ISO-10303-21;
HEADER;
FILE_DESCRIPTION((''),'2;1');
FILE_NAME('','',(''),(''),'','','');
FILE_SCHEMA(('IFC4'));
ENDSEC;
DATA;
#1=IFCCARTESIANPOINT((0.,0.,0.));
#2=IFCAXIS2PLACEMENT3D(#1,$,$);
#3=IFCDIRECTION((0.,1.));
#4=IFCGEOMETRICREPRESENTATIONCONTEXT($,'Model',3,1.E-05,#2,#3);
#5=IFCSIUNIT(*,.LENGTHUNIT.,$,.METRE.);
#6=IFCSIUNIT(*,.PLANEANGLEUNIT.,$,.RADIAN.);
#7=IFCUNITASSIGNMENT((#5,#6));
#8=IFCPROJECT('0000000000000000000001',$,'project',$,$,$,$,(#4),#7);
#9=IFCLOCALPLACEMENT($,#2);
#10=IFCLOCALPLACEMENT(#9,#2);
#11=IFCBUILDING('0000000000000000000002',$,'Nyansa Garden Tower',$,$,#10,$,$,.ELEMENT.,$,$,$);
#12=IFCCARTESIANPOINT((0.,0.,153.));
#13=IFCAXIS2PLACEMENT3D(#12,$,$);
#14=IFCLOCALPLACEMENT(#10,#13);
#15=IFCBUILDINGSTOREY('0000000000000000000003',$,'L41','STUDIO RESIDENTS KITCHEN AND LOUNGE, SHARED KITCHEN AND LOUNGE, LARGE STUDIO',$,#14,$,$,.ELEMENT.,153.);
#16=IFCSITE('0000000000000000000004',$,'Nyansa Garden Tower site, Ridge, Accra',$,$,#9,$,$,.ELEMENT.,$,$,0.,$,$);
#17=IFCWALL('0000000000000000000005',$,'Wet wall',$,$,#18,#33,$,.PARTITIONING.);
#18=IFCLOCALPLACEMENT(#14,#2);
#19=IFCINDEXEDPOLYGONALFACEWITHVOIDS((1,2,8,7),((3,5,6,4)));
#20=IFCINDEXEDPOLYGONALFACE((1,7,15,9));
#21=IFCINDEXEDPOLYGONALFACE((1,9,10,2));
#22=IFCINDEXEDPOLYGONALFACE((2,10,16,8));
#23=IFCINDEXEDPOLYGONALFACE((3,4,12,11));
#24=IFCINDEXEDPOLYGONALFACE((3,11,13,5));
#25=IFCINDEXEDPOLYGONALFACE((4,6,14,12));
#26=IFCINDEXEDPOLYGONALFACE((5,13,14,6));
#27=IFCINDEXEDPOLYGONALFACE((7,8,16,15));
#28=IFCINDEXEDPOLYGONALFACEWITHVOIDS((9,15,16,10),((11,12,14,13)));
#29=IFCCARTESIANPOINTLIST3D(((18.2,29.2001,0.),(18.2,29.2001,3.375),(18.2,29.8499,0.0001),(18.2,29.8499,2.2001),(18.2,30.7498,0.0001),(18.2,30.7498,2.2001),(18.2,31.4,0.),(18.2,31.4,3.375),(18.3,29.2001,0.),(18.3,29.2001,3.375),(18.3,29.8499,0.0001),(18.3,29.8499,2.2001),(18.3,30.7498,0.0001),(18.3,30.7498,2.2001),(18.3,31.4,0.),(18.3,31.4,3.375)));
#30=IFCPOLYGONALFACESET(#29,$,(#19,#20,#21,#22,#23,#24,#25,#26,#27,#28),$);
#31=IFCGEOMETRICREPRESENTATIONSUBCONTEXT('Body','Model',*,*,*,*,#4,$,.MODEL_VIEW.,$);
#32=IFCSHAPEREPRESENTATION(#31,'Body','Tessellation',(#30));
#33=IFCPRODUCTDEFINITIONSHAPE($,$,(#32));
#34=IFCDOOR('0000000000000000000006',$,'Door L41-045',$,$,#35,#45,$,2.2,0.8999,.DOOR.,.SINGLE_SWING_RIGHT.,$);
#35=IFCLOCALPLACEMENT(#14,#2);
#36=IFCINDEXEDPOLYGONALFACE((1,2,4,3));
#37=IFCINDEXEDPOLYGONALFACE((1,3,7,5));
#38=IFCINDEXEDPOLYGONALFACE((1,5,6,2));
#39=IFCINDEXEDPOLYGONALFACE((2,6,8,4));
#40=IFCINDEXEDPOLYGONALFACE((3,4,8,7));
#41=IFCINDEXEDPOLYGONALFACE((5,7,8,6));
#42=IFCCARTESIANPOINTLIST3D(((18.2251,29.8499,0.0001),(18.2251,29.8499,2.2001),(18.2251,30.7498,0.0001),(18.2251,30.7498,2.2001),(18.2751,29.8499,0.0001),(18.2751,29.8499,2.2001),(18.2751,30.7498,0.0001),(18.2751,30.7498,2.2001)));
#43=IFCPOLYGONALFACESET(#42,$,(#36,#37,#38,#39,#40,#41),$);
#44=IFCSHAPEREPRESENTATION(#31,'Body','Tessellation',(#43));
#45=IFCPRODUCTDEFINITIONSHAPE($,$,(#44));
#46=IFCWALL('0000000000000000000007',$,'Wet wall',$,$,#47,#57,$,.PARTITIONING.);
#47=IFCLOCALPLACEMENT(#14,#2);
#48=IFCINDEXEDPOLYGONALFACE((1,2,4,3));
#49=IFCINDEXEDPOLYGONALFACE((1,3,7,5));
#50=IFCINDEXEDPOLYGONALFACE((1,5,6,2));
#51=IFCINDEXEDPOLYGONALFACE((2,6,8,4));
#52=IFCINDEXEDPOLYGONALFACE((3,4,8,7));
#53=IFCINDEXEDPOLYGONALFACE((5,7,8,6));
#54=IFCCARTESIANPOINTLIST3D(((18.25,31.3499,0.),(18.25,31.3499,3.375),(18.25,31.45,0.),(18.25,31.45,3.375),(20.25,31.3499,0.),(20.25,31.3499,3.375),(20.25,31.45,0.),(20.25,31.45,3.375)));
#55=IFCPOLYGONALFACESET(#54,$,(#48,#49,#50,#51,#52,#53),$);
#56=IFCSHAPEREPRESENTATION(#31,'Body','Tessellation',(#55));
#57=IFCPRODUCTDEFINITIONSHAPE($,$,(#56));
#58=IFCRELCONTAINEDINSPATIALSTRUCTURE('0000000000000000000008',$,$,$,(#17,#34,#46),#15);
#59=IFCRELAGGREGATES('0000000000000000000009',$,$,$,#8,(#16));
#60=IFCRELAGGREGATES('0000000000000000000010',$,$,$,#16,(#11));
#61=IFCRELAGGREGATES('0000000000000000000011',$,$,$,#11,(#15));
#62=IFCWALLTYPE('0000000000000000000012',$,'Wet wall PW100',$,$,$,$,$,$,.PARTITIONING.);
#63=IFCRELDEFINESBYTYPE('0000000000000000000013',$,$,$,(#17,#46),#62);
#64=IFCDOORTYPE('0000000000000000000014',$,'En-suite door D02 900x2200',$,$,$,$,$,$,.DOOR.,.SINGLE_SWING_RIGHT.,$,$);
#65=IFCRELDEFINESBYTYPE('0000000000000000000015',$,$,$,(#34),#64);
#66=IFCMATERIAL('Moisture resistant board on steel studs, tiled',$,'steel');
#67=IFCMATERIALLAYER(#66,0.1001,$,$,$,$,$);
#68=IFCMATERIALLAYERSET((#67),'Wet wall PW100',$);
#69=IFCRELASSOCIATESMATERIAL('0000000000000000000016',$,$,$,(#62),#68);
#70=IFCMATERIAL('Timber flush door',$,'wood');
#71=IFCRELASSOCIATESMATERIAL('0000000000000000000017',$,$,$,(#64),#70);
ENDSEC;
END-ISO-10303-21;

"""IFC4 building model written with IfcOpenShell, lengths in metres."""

from ifc_helpers import new_model, si_unit, direction, frame, frame_2d, origin, place, context, subcontext, project, spatial, rectangle, extrude, material, layer, layer_set, type_object, element, fill, save


model = new_model("IFC4")

# Units and contexts
model_context = context("Model", 3, precision=1e-05, world=origin(), true_north=direction((0.0, 1.0)))
body_context = subcontext(model_context, "Body", "Model", "MODEL_VIEW")
ifc_project = project(units=[si_unit("LENGTHUNIT", "METRE"), si_unit("PLANEANGLEUNIT", "RADIAN")], contexts=[model_context])

# Site, building, storey
site_placement = place(None, origin())
site = spatial("IfcSite", under=ifc_project, at=site_placement, Name="Nyansa Garden Tower site, Ridge, Accra", CompositionType="ELEMENT", RefElevation=0.0)
building_placement = place(site_placement, origin())
building = spatial("IfcBuilding", under=site, at=building_placement, Name="Nyansa Garden Tower", CompositionType="ELEMENT")
storey_placement = place(building_placement, frame((0.0, 0.0, 153.0)))
storey = spatial("IfcBuildingStorey", under=building, at=storey_placement, Name="L41", Description="STUDIO RESIDENTS KITCHEN AND LOUNGE, SHARED KITCHEN AND LOUNGE, LARGE STUDIO", CompositionType="ELEMENT", Elevation=153.0)

# Wall, opening, door
ifc_material_1 = material(Name="Moisture resistant board on steel studs, tiled", Category="steel")
ifc_layer_1 = layer(ifc_material_1, 0.1001)
ifc_layer_set_1 = layer_set([ifc_layer_1], Name="Wet wall PW100")
wall_type_1 = type_object("IfcWallType", Name="Wet wall PW100", PredefinedType="PARTITIONING", material=ifc_layer_set_1)
wall_1_placement = place(storey_placement, frame((18.25, 29.2, 0.0), z_axis=(0.0, 0.0, 1.0), x_axis=(0.0, 1.0, 0.0)))
wall_1 = element("IfcWall", 1, at=wall_1_placement, inside=storey, type_object=wall_type_1, Name="Wet wall", PredefinedType="PARTITIONING", context=body_context, shape_type="SweptSolid", body=[
    extrude(rectangle(XDim=2.2, YDim=0.1001, at=frame_2d((1.1001, 0.0))), origin(), (0.0, 0.0, 1.0), 3.375),
])
opening_placement = place(wall_1_placement, frame((0.6499, 0.0, 0.0)))
opening = element("IfcOpeningElement", 2, at=opening_placement, cuts=wall_1, PredefinedType="OPENING", context=body_context, shape_type="SweptSolid", body=[
    extrude(rectangle(XDim=0.8999, YDim=2.2, at=frame_2d((0.45, 1.1001))), frame((0.0, 0.0601, 0.0), z_axis=(0.0, -1.0, 0.0), x_axis=(1.0, 0.0, 0.0)), (0.0, 0.0, 1.0), 0.1201),
])
ifc_material_2 = material(Name="Timber flush door", Category="wood")
door_type = type_object("IfcDoorType", Name="En-suite door D02 900x2200", OperationType="SINGLE_SWING_RIGHT", PredefinedType="DOOR", material=ifc_material_2)
door_placement = place(opening_placement, origin())
door = element("IfcDoor", 3, at=door_placement, inside=storey, type_object=door_type, Name="Door L41-045", OperationType="SINGLE_SWING_RIGHT", OverallHeight=2.2, OverallWidth=0.8999, PredefinedType="DOOR", context=body_context, shape_type="SweptSolid", body=[
    extrude(rectangle(XDim=0.8999, YDim=2.2, at=frame_2d((0.45, 1.1001))), frame((0.0, 0.0249, 0.0), z_axis=(0.0, -1.0, 0.0), x_axis=(1.0, 0.0, 0.0)), (0.0, 0.0, 1.0), 0.05),
])
fill(opening, door)

# Wall
wall_2_placement = place(storey_placement, frame((18.25, 31.3999, 0.0), z_axis=(0.0, 0.0, 1.0), x_axis=(1.0, 0.0, 0.0)))
element("IfcWall", 4, at=wall_2_placement, inside=storey, type_object=wall_type_1, Name="Wet wall", PredefinedType="PARTITIONING", context=body_context, shape_type="SweptSolid", body=[
    extrude(rectangle(XDim=2.0, YDim=0.1001, at=frame_2d((1.0, 0.0))), origin(), (0.0, 0.0, 1.0), 3.375),
])

save(model, "model.ifc")
